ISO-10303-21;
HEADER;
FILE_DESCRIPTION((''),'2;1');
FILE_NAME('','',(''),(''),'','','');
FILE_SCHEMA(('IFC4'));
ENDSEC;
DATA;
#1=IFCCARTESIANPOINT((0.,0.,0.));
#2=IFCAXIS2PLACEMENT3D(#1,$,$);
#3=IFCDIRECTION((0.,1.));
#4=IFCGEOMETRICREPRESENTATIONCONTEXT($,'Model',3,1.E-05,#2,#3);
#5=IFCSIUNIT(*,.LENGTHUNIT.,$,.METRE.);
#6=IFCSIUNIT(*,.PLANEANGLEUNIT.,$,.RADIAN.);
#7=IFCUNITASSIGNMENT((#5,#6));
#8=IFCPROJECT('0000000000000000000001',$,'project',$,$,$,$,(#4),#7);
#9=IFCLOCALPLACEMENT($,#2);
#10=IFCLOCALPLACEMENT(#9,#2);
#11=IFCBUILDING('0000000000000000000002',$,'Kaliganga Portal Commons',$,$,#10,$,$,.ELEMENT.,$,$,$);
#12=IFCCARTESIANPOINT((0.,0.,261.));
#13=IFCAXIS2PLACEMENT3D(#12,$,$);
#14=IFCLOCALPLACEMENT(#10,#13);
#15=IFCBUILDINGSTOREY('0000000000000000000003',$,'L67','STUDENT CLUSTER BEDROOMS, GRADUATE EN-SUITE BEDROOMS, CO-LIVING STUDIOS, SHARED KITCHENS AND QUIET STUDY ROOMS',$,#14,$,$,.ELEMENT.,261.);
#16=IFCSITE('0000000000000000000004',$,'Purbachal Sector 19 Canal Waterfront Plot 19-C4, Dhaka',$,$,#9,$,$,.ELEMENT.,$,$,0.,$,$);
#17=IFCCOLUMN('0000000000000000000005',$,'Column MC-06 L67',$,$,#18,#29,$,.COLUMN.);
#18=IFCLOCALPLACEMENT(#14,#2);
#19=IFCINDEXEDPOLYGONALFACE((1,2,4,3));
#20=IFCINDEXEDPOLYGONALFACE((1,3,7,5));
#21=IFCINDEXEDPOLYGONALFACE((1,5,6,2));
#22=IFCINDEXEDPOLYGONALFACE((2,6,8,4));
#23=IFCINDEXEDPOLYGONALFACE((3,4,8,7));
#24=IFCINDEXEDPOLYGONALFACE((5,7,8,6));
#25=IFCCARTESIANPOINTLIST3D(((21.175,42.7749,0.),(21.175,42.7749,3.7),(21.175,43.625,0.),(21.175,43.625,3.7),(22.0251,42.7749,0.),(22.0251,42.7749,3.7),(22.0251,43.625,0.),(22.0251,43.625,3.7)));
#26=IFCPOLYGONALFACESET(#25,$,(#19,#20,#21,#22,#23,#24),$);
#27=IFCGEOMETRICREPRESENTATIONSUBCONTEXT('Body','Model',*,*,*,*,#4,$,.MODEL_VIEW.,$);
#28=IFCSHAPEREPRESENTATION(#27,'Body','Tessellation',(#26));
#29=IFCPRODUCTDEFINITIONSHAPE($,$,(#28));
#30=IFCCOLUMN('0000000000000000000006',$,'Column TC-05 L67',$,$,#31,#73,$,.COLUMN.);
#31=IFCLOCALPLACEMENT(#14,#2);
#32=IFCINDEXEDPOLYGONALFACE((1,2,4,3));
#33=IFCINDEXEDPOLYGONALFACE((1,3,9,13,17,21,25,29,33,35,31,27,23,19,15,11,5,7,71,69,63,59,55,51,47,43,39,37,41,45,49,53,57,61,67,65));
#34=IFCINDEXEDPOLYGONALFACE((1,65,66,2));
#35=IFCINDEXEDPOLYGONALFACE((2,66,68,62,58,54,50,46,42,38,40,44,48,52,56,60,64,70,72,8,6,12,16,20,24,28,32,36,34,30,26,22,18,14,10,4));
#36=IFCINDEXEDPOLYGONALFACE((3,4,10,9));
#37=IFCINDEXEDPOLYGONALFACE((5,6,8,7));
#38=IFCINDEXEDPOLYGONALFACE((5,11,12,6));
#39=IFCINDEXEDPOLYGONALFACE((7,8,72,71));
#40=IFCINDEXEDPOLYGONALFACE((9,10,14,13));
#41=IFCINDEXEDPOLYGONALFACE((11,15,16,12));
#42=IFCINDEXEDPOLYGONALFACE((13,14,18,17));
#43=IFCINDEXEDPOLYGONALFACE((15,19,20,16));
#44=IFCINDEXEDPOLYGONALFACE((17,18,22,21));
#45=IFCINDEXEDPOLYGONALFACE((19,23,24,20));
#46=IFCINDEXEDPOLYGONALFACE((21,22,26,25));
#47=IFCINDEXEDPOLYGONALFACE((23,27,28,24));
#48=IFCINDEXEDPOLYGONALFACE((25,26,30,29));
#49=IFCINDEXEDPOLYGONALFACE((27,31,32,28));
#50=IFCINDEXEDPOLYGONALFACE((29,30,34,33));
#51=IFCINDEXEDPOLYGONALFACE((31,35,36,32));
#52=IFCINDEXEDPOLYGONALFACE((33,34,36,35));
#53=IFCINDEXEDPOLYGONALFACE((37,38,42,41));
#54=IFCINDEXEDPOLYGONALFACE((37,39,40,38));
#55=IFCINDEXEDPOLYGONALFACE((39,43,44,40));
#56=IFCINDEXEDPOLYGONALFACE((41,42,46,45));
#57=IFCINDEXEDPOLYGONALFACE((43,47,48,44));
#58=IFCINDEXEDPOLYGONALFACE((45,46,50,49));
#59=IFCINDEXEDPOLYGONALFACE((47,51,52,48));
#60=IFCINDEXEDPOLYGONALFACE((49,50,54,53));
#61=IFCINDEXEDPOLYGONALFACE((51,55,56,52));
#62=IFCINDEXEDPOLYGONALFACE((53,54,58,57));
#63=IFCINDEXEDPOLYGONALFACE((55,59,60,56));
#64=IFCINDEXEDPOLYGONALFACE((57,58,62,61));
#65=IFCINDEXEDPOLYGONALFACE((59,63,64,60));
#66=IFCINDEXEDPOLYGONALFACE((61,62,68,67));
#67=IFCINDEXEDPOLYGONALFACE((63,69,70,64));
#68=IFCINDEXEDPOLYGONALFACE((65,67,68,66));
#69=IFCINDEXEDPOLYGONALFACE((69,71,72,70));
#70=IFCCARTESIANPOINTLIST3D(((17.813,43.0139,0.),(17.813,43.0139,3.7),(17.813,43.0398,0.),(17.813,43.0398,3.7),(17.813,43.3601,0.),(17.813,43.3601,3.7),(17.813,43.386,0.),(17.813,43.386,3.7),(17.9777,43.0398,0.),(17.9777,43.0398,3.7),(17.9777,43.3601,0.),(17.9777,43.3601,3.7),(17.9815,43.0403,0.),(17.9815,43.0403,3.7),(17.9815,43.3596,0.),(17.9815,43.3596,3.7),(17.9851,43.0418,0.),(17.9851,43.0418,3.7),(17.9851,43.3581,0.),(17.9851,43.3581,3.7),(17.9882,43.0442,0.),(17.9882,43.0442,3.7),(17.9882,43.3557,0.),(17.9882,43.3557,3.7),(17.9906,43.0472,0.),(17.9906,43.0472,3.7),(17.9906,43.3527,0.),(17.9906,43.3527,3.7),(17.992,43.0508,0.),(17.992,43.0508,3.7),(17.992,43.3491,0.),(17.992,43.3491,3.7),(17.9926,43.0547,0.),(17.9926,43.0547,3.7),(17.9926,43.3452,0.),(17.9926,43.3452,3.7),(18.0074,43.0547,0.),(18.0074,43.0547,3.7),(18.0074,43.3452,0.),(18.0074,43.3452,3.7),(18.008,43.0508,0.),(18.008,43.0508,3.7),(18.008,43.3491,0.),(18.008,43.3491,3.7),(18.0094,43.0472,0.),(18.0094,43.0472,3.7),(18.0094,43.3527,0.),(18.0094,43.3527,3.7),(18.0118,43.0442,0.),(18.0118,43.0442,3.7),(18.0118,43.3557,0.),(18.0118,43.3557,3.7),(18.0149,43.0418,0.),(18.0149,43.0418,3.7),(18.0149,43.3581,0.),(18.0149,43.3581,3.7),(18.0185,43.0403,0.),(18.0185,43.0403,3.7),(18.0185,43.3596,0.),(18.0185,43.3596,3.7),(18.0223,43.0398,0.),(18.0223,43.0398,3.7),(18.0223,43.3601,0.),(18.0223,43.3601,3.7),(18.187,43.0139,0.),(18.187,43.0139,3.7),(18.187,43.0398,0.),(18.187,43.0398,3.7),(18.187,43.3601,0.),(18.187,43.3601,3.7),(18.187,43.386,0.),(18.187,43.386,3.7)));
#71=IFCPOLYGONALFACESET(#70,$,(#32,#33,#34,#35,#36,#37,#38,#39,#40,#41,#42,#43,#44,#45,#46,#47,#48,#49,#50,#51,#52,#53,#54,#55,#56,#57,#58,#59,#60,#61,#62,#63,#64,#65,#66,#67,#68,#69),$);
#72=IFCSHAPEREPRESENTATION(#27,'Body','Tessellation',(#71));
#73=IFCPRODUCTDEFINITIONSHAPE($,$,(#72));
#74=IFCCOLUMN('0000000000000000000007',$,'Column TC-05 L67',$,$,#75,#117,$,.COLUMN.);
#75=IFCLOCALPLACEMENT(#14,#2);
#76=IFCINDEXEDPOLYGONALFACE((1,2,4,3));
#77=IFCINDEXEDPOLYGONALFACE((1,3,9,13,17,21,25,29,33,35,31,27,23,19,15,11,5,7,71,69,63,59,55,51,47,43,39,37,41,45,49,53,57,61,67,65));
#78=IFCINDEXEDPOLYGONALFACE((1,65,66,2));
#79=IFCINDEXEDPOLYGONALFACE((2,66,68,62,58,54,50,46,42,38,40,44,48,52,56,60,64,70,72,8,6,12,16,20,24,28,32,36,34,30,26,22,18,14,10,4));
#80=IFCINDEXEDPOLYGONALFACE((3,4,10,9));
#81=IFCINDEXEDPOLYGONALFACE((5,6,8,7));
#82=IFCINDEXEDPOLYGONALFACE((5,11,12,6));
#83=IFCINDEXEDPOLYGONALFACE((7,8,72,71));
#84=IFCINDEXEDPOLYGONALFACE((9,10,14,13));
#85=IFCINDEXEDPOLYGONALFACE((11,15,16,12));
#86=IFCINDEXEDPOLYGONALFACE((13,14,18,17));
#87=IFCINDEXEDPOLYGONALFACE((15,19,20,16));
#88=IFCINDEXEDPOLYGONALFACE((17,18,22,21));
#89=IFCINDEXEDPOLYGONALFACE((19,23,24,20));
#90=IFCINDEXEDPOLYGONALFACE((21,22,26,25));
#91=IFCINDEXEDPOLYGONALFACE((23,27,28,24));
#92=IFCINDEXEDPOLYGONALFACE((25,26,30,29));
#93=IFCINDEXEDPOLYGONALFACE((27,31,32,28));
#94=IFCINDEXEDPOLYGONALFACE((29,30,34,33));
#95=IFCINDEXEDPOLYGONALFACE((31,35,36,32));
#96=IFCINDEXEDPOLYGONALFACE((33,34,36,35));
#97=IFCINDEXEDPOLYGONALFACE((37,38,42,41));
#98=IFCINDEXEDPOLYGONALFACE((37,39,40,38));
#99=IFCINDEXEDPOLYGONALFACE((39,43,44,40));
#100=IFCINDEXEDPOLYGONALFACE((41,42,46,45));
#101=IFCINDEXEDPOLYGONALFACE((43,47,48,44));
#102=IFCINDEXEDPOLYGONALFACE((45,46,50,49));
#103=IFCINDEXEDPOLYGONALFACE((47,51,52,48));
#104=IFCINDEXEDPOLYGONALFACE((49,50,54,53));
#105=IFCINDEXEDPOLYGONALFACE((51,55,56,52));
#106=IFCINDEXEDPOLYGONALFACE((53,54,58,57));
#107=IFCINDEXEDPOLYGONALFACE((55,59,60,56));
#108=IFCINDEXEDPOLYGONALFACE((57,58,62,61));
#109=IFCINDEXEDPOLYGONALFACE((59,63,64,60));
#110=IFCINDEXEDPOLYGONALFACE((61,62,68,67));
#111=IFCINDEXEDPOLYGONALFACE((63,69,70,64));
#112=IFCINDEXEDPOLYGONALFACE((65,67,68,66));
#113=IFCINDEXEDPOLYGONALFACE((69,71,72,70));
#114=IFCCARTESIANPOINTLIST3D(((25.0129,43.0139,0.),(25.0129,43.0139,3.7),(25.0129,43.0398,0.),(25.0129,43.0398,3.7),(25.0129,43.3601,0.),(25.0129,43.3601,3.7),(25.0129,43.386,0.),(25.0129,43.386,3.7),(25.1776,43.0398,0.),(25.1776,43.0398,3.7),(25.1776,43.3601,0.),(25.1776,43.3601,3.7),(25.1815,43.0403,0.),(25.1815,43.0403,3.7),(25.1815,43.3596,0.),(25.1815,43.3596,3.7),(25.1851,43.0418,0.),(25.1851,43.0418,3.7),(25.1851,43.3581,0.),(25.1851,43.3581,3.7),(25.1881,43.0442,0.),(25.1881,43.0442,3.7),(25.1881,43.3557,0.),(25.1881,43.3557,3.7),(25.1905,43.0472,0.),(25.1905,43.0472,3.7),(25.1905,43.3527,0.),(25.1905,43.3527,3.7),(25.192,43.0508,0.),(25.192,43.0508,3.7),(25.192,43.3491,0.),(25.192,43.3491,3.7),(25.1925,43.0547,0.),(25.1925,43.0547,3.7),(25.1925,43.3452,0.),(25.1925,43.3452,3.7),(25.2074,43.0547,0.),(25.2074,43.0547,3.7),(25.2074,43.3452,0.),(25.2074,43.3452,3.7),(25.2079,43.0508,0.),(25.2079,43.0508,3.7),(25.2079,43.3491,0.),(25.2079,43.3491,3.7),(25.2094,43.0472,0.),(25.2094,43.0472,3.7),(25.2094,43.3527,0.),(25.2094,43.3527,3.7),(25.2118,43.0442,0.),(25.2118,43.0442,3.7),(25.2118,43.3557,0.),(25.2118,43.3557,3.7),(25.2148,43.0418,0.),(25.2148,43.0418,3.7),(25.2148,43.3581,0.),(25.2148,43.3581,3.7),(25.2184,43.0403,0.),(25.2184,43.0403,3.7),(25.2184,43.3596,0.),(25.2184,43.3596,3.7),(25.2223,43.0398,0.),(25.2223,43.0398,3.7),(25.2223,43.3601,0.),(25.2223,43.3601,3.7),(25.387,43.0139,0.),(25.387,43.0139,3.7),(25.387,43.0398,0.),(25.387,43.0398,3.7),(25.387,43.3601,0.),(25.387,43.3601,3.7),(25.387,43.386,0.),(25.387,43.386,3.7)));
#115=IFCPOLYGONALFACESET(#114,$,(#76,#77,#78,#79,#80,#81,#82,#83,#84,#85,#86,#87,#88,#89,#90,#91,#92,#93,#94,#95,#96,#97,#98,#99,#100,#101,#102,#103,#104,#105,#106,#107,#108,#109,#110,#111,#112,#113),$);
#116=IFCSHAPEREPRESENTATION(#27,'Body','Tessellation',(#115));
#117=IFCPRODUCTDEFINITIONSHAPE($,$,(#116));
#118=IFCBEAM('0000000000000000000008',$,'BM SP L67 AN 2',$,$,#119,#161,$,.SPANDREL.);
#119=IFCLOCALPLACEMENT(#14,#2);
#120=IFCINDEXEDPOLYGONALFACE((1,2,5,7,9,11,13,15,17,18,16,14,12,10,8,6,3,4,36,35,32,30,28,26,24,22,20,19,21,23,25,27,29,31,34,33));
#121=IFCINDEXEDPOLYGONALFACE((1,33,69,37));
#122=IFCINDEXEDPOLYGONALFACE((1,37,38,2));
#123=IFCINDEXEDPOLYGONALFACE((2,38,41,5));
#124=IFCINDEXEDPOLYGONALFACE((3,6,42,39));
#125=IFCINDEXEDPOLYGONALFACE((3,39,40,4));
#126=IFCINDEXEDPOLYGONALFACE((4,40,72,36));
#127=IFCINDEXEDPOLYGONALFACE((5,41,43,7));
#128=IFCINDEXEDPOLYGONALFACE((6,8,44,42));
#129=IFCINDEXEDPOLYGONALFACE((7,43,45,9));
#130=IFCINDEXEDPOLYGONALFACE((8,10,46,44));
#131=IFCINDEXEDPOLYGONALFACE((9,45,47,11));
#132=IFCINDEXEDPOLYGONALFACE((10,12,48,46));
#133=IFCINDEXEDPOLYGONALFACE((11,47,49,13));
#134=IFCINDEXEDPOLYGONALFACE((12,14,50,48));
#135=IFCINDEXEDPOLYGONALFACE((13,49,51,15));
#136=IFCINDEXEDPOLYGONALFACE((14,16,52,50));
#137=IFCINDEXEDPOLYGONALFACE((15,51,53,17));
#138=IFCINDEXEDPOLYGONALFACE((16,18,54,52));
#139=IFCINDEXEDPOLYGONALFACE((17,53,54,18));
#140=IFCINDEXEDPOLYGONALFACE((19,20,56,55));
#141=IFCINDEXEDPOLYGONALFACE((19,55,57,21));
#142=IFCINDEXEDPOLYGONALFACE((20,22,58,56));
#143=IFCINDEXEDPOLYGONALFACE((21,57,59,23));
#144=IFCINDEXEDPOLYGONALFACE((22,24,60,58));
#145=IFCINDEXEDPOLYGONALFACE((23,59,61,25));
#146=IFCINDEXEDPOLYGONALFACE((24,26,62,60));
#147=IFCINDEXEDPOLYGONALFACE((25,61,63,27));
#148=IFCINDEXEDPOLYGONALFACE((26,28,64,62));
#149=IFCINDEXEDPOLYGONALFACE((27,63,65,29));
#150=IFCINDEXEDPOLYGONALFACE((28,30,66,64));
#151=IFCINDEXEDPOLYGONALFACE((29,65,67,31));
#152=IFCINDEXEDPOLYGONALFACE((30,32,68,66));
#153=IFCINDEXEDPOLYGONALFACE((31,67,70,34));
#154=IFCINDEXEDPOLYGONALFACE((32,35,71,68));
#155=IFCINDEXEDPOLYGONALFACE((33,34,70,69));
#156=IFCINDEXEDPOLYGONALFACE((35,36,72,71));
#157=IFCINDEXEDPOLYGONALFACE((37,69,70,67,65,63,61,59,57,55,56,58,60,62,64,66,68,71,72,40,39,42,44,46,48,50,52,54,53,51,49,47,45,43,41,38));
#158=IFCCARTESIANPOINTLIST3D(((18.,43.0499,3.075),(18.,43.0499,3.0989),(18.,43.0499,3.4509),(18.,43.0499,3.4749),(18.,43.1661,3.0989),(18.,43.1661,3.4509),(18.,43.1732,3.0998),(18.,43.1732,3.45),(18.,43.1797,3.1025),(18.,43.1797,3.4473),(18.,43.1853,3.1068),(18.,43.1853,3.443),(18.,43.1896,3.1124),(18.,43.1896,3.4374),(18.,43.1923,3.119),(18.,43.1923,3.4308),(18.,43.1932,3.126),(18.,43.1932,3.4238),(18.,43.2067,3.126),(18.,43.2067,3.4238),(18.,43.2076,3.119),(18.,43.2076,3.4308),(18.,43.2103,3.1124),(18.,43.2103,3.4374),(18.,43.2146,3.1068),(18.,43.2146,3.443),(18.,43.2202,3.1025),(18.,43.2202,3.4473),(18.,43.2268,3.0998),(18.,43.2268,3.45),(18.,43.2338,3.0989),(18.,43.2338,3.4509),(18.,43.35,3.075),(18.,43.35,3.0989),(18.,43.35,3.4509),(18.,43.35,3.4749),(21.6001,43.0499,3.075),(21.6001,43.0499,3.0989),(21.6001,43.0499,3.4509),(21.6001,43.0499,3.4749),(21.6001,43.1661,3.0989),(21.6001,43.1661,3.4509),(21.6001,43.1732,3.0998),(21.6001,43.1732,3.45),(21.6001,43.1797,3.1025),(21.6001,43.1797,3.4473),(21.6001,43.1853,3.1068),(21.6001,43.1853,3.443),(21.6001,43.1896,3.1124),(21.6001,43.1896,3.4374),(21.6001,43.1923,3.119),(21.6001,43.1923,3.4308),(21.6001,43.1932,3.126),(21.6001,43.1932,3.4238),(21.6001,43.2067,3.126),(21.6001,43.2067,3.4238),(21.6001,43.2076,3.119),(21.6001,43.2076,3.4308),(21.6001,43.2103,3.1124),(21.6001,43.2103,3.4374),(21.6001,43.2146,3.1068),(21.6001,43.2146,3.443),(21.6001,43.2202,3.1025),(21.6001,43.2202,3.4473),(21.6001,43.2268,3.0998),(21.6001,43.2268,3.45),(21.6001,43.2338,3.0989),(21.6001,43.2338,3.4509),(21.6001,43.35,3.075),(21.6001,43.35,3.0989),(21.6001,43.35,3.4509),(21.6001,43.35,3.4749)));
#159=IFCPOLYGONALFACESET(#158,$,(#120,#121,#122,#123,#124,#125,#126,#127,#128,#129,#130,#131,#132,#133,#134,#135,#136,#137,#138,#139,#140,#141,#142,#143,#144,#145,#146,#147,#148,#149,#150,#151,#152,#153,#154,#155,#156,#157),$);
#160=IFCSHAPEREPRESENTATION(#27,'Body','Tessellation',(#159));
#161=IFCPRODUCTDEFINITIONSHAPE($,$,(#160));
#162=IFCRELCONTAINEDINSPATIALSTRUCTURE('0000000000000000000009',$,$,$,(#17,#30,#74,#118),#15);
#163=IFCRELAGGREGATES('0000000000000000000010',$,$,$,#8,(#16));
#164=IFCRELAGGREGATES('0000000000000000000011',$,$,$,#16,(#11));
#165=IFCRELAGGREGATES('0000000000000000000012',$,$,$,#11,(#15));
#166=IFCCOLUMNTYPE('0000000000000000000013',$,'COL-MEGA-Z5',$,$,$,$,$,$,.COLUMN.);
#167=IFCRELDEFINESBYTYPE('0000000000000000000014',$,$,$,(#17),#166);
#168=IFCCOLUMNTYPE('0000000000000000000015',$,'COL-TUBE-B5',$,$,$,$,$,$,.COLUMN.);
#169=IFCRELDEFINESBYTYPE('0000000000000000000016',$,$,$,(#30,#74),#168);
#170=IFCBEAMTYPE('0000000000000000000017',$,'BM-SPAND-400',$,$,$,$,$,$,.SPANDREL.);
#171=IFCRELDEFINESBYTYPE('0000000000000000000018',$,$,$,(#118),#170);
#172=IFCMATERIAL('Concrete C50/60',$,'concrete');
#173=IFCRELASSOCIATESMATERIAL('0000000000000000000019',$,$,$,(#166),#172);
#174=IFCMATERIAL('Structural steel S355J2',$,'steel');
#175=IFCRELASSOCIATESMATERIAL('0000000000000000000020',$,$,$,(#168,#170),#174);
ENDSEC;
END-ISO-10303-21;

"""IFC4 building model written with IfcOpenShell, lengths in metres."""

from ifc_helpers import new_model, si_unit, direction, frame, origin, origin_2d, place, context, subcontext, project, spatial, rectangle, i_section, extrude, source, transform, mapped, material, material_profile, profile_set, type_object, element, save


model = new_model("IFC4")

# Units and contexts
model_context = context("Model", 3, precision=1e-05, world=origin(), true_north=direction((0.0, 1.0)))
body_context = subcontext(model_context, "Body", "Model", "MODEL_VIEW")
ifc_project = project(units=[si_unit("LENGTHUNIT", "METRE"), si_unit("PLANEANGLEUNIT", "RADIAN")], contexts=[model_context])

# Site, building, storey
site_placement = place(None, origin())
site = spatial("IfcSite", under=ifc_project, at=site_placement, Name="Purbachal Sector 19 Canal Waterfront Plot 19-C4, Dhaka", CompositionType="ELEMENT", RefElevation=0.0)
building_placement = place(site_placement, origin())
building = spatial("IfcBuilding", under=site, at=building_placement, Name="Kaliganga Portal Commons", CompositionType="ELEMENT")
storey_placement = place(building_placement, frame((0.0, 0.0, 261.0)))
storey = spatial("IfcBuildingStorey", under=building, at=storey_placement, Name="L67", Description="STUDENT CLUSTER BEDROOMS, GRADUATE EN-SUITE BEDROOMS, CO-LIVING STUDIOS, SHARED KITCHENS AND QUIET STUDY ROOMS", CompositionType="ELEMENT", Elevation=261.0)

# Columns
ifc_material_1 = material(Name="Concrete C50/60", Category="concrete")
ifc_material_profile_1 = material_profile(ifc_material_1, rectangle(XDim=0.8501, YDim=0.8501, at=origin_2d()), Name="RC 850x850")
ifc_profile_set_1 = profile_set([ifc_material_profile_1], Name="Concrete C50/60")
column_type_1 = type_object("IfcColumnType", Name="COL-MEGA-Z5", PredefinedType="COLUMN", material=ifc_profile_set_1)
shared_shape_1 = source(origin(), body_context, "Body", "SweptSolid", [
    extrude(rectangle(XDim=0.8501, YDim=0.8501, at=origin_2d()), origin(), (0.0, 0.0, 1.0), 3.7),
])
column_placement = place(storey_placement, frame((21.6001, 43.2, 0.0), z_axis=(0.0, 0.0, 1.0), x_axis=(1.0, 0.0, 0.0)))
element("IfcColumn", 1, at=column_placement, inside=storey, type_object=column_type_1, Name="Column MC-06 L67", PredefinedType="COLUMN", context=body_context, shape_type="MappedRepresentation", body=[
    mapped(shared_shape_1, transform((0.0, 0.0, 0.0), x_axis=(1.0, 0.0, 0.0), y_axis=(0.0, 1.0, 0.0), z_axis=(0.0, 0.0, 1.0), scale=1.0)),
])
ifc_material_2 = material(Name="Structural steel S355J2", Category="steel")
ifc_material_profile_2 = material_profile(ifc_material_2, i_section(OverallWidth=0.374, OverallDepth=0.3721, WebThickness=0.0149, FlangeThickness=0.0259, FilletRadius=0.0149, at=origin_2d()), Name="HD 360x196")
ifc_profile_set_2 = profile_set([ifc_material_profile_2], Name="Structural steel S355J2 wide-flange")
column_type_2 = type_object("IfcColumnType", Name="COL-TUBE-B5", PredefinedType="COLUMN", material=ifc_profile_set_2)
shared_shape_2 = source(origin(), body_context, "Body", "SweptSolid", [
    extrude(i_section(OverallWidth=0.374, OverallDepth=0.3721, WebThickness=0.0149, FlangeThickness=0.0259, FilletRadius=0.0149, at=origin_2d()), origin(), (0.0, 0.0, 1.0), 3.7),
])
for number, where, z_axis, x_axis, name in (
    (2, (18.0, 43.2, 0.0), (0.0, 0.0, 1.0), (1.0, 0.0, 0.0), "Column TC-05 L67"),
    (3, (25.2, 43.2, 0.0), (0.0, 0.0, 1.0), (1.0, 0.0, 0.0), "Column TC-05 L67"),
):
    element("IfcColumn", number, at=place(storey_placement, frame(where, z_axis=z_axis, x_axis=x_axis)), inside=storey, type_object=column_type_2, Name=name, PredefinedType="COLUMN", context=body_context, shape_type="MappedRepresentation", body=[
        mapped(shared_shape_2, transform((0.0, 0.0, 0.0), x_axis=(1.0, 0.0, 0.0), y_axis=(0.0, 1.0, 0.0), z_axis=(0.0, 0.0, 1.0), scale=1.0)),
    ])

# Beam
ifc_material_profile_3 = material_profile(ifc_material_2, i_section(OverallWidth=0.3, OverallDepth=0.3999, WebThickness=0.0134, FlangeThickness=0.0239, FilletRadius=0.0271, at=origin_2d()), Name="HE 400 B")
ifc_profile_set_3 = profile_set([ifc_material_profile_3], Name="Structural steel S355J2 wide-flange")
beam_type_1 = type_object("IfcBeamType", Name="BM-SPAND-400", PredefinedType="SPANDREL", material=ifc_profile_set_3)
shared_shape_3 = source(origin(), body_context, "Body", "SweptSolid", [
    extrude(i_section(OverallWidth=0.3, OverallDepth=0.3999, WebThickness=0.0134, FlangeThickness=0.0239, FilletRadius=0.0271, at=origin_2d()), origin(), (0.0, 0.0, 1.0), 3.6001),
])
for number, where, z_axis, x_axis, name in (
    (4, (18.0, 43.2, 3.2749), (1.0, 0.0, 0.0), (0.0, 1.0, 0.0), "BM SP L67 AN 2"),
):
    element("IfcBeam", number, at=place(storey_placement, frame(where, z_axis=z_axis, x_axis=x_axis)), inside=storey, type_object=beam_type_1, Name=name, PredefinedType="SPANDREL", context=body_context, shape_type="MappedRepresentation", body=[
        mapped(shared_shape_3, transform((0.0, 0.0, 0.0), x_axis=(1.0, 0.0, 0.0), y_axis=(0.0, 1.0, 0.0), z_axis=(0.0, 0.0, 1.0), scale=1.0)),
    ])

save(model, "model.ifc")
